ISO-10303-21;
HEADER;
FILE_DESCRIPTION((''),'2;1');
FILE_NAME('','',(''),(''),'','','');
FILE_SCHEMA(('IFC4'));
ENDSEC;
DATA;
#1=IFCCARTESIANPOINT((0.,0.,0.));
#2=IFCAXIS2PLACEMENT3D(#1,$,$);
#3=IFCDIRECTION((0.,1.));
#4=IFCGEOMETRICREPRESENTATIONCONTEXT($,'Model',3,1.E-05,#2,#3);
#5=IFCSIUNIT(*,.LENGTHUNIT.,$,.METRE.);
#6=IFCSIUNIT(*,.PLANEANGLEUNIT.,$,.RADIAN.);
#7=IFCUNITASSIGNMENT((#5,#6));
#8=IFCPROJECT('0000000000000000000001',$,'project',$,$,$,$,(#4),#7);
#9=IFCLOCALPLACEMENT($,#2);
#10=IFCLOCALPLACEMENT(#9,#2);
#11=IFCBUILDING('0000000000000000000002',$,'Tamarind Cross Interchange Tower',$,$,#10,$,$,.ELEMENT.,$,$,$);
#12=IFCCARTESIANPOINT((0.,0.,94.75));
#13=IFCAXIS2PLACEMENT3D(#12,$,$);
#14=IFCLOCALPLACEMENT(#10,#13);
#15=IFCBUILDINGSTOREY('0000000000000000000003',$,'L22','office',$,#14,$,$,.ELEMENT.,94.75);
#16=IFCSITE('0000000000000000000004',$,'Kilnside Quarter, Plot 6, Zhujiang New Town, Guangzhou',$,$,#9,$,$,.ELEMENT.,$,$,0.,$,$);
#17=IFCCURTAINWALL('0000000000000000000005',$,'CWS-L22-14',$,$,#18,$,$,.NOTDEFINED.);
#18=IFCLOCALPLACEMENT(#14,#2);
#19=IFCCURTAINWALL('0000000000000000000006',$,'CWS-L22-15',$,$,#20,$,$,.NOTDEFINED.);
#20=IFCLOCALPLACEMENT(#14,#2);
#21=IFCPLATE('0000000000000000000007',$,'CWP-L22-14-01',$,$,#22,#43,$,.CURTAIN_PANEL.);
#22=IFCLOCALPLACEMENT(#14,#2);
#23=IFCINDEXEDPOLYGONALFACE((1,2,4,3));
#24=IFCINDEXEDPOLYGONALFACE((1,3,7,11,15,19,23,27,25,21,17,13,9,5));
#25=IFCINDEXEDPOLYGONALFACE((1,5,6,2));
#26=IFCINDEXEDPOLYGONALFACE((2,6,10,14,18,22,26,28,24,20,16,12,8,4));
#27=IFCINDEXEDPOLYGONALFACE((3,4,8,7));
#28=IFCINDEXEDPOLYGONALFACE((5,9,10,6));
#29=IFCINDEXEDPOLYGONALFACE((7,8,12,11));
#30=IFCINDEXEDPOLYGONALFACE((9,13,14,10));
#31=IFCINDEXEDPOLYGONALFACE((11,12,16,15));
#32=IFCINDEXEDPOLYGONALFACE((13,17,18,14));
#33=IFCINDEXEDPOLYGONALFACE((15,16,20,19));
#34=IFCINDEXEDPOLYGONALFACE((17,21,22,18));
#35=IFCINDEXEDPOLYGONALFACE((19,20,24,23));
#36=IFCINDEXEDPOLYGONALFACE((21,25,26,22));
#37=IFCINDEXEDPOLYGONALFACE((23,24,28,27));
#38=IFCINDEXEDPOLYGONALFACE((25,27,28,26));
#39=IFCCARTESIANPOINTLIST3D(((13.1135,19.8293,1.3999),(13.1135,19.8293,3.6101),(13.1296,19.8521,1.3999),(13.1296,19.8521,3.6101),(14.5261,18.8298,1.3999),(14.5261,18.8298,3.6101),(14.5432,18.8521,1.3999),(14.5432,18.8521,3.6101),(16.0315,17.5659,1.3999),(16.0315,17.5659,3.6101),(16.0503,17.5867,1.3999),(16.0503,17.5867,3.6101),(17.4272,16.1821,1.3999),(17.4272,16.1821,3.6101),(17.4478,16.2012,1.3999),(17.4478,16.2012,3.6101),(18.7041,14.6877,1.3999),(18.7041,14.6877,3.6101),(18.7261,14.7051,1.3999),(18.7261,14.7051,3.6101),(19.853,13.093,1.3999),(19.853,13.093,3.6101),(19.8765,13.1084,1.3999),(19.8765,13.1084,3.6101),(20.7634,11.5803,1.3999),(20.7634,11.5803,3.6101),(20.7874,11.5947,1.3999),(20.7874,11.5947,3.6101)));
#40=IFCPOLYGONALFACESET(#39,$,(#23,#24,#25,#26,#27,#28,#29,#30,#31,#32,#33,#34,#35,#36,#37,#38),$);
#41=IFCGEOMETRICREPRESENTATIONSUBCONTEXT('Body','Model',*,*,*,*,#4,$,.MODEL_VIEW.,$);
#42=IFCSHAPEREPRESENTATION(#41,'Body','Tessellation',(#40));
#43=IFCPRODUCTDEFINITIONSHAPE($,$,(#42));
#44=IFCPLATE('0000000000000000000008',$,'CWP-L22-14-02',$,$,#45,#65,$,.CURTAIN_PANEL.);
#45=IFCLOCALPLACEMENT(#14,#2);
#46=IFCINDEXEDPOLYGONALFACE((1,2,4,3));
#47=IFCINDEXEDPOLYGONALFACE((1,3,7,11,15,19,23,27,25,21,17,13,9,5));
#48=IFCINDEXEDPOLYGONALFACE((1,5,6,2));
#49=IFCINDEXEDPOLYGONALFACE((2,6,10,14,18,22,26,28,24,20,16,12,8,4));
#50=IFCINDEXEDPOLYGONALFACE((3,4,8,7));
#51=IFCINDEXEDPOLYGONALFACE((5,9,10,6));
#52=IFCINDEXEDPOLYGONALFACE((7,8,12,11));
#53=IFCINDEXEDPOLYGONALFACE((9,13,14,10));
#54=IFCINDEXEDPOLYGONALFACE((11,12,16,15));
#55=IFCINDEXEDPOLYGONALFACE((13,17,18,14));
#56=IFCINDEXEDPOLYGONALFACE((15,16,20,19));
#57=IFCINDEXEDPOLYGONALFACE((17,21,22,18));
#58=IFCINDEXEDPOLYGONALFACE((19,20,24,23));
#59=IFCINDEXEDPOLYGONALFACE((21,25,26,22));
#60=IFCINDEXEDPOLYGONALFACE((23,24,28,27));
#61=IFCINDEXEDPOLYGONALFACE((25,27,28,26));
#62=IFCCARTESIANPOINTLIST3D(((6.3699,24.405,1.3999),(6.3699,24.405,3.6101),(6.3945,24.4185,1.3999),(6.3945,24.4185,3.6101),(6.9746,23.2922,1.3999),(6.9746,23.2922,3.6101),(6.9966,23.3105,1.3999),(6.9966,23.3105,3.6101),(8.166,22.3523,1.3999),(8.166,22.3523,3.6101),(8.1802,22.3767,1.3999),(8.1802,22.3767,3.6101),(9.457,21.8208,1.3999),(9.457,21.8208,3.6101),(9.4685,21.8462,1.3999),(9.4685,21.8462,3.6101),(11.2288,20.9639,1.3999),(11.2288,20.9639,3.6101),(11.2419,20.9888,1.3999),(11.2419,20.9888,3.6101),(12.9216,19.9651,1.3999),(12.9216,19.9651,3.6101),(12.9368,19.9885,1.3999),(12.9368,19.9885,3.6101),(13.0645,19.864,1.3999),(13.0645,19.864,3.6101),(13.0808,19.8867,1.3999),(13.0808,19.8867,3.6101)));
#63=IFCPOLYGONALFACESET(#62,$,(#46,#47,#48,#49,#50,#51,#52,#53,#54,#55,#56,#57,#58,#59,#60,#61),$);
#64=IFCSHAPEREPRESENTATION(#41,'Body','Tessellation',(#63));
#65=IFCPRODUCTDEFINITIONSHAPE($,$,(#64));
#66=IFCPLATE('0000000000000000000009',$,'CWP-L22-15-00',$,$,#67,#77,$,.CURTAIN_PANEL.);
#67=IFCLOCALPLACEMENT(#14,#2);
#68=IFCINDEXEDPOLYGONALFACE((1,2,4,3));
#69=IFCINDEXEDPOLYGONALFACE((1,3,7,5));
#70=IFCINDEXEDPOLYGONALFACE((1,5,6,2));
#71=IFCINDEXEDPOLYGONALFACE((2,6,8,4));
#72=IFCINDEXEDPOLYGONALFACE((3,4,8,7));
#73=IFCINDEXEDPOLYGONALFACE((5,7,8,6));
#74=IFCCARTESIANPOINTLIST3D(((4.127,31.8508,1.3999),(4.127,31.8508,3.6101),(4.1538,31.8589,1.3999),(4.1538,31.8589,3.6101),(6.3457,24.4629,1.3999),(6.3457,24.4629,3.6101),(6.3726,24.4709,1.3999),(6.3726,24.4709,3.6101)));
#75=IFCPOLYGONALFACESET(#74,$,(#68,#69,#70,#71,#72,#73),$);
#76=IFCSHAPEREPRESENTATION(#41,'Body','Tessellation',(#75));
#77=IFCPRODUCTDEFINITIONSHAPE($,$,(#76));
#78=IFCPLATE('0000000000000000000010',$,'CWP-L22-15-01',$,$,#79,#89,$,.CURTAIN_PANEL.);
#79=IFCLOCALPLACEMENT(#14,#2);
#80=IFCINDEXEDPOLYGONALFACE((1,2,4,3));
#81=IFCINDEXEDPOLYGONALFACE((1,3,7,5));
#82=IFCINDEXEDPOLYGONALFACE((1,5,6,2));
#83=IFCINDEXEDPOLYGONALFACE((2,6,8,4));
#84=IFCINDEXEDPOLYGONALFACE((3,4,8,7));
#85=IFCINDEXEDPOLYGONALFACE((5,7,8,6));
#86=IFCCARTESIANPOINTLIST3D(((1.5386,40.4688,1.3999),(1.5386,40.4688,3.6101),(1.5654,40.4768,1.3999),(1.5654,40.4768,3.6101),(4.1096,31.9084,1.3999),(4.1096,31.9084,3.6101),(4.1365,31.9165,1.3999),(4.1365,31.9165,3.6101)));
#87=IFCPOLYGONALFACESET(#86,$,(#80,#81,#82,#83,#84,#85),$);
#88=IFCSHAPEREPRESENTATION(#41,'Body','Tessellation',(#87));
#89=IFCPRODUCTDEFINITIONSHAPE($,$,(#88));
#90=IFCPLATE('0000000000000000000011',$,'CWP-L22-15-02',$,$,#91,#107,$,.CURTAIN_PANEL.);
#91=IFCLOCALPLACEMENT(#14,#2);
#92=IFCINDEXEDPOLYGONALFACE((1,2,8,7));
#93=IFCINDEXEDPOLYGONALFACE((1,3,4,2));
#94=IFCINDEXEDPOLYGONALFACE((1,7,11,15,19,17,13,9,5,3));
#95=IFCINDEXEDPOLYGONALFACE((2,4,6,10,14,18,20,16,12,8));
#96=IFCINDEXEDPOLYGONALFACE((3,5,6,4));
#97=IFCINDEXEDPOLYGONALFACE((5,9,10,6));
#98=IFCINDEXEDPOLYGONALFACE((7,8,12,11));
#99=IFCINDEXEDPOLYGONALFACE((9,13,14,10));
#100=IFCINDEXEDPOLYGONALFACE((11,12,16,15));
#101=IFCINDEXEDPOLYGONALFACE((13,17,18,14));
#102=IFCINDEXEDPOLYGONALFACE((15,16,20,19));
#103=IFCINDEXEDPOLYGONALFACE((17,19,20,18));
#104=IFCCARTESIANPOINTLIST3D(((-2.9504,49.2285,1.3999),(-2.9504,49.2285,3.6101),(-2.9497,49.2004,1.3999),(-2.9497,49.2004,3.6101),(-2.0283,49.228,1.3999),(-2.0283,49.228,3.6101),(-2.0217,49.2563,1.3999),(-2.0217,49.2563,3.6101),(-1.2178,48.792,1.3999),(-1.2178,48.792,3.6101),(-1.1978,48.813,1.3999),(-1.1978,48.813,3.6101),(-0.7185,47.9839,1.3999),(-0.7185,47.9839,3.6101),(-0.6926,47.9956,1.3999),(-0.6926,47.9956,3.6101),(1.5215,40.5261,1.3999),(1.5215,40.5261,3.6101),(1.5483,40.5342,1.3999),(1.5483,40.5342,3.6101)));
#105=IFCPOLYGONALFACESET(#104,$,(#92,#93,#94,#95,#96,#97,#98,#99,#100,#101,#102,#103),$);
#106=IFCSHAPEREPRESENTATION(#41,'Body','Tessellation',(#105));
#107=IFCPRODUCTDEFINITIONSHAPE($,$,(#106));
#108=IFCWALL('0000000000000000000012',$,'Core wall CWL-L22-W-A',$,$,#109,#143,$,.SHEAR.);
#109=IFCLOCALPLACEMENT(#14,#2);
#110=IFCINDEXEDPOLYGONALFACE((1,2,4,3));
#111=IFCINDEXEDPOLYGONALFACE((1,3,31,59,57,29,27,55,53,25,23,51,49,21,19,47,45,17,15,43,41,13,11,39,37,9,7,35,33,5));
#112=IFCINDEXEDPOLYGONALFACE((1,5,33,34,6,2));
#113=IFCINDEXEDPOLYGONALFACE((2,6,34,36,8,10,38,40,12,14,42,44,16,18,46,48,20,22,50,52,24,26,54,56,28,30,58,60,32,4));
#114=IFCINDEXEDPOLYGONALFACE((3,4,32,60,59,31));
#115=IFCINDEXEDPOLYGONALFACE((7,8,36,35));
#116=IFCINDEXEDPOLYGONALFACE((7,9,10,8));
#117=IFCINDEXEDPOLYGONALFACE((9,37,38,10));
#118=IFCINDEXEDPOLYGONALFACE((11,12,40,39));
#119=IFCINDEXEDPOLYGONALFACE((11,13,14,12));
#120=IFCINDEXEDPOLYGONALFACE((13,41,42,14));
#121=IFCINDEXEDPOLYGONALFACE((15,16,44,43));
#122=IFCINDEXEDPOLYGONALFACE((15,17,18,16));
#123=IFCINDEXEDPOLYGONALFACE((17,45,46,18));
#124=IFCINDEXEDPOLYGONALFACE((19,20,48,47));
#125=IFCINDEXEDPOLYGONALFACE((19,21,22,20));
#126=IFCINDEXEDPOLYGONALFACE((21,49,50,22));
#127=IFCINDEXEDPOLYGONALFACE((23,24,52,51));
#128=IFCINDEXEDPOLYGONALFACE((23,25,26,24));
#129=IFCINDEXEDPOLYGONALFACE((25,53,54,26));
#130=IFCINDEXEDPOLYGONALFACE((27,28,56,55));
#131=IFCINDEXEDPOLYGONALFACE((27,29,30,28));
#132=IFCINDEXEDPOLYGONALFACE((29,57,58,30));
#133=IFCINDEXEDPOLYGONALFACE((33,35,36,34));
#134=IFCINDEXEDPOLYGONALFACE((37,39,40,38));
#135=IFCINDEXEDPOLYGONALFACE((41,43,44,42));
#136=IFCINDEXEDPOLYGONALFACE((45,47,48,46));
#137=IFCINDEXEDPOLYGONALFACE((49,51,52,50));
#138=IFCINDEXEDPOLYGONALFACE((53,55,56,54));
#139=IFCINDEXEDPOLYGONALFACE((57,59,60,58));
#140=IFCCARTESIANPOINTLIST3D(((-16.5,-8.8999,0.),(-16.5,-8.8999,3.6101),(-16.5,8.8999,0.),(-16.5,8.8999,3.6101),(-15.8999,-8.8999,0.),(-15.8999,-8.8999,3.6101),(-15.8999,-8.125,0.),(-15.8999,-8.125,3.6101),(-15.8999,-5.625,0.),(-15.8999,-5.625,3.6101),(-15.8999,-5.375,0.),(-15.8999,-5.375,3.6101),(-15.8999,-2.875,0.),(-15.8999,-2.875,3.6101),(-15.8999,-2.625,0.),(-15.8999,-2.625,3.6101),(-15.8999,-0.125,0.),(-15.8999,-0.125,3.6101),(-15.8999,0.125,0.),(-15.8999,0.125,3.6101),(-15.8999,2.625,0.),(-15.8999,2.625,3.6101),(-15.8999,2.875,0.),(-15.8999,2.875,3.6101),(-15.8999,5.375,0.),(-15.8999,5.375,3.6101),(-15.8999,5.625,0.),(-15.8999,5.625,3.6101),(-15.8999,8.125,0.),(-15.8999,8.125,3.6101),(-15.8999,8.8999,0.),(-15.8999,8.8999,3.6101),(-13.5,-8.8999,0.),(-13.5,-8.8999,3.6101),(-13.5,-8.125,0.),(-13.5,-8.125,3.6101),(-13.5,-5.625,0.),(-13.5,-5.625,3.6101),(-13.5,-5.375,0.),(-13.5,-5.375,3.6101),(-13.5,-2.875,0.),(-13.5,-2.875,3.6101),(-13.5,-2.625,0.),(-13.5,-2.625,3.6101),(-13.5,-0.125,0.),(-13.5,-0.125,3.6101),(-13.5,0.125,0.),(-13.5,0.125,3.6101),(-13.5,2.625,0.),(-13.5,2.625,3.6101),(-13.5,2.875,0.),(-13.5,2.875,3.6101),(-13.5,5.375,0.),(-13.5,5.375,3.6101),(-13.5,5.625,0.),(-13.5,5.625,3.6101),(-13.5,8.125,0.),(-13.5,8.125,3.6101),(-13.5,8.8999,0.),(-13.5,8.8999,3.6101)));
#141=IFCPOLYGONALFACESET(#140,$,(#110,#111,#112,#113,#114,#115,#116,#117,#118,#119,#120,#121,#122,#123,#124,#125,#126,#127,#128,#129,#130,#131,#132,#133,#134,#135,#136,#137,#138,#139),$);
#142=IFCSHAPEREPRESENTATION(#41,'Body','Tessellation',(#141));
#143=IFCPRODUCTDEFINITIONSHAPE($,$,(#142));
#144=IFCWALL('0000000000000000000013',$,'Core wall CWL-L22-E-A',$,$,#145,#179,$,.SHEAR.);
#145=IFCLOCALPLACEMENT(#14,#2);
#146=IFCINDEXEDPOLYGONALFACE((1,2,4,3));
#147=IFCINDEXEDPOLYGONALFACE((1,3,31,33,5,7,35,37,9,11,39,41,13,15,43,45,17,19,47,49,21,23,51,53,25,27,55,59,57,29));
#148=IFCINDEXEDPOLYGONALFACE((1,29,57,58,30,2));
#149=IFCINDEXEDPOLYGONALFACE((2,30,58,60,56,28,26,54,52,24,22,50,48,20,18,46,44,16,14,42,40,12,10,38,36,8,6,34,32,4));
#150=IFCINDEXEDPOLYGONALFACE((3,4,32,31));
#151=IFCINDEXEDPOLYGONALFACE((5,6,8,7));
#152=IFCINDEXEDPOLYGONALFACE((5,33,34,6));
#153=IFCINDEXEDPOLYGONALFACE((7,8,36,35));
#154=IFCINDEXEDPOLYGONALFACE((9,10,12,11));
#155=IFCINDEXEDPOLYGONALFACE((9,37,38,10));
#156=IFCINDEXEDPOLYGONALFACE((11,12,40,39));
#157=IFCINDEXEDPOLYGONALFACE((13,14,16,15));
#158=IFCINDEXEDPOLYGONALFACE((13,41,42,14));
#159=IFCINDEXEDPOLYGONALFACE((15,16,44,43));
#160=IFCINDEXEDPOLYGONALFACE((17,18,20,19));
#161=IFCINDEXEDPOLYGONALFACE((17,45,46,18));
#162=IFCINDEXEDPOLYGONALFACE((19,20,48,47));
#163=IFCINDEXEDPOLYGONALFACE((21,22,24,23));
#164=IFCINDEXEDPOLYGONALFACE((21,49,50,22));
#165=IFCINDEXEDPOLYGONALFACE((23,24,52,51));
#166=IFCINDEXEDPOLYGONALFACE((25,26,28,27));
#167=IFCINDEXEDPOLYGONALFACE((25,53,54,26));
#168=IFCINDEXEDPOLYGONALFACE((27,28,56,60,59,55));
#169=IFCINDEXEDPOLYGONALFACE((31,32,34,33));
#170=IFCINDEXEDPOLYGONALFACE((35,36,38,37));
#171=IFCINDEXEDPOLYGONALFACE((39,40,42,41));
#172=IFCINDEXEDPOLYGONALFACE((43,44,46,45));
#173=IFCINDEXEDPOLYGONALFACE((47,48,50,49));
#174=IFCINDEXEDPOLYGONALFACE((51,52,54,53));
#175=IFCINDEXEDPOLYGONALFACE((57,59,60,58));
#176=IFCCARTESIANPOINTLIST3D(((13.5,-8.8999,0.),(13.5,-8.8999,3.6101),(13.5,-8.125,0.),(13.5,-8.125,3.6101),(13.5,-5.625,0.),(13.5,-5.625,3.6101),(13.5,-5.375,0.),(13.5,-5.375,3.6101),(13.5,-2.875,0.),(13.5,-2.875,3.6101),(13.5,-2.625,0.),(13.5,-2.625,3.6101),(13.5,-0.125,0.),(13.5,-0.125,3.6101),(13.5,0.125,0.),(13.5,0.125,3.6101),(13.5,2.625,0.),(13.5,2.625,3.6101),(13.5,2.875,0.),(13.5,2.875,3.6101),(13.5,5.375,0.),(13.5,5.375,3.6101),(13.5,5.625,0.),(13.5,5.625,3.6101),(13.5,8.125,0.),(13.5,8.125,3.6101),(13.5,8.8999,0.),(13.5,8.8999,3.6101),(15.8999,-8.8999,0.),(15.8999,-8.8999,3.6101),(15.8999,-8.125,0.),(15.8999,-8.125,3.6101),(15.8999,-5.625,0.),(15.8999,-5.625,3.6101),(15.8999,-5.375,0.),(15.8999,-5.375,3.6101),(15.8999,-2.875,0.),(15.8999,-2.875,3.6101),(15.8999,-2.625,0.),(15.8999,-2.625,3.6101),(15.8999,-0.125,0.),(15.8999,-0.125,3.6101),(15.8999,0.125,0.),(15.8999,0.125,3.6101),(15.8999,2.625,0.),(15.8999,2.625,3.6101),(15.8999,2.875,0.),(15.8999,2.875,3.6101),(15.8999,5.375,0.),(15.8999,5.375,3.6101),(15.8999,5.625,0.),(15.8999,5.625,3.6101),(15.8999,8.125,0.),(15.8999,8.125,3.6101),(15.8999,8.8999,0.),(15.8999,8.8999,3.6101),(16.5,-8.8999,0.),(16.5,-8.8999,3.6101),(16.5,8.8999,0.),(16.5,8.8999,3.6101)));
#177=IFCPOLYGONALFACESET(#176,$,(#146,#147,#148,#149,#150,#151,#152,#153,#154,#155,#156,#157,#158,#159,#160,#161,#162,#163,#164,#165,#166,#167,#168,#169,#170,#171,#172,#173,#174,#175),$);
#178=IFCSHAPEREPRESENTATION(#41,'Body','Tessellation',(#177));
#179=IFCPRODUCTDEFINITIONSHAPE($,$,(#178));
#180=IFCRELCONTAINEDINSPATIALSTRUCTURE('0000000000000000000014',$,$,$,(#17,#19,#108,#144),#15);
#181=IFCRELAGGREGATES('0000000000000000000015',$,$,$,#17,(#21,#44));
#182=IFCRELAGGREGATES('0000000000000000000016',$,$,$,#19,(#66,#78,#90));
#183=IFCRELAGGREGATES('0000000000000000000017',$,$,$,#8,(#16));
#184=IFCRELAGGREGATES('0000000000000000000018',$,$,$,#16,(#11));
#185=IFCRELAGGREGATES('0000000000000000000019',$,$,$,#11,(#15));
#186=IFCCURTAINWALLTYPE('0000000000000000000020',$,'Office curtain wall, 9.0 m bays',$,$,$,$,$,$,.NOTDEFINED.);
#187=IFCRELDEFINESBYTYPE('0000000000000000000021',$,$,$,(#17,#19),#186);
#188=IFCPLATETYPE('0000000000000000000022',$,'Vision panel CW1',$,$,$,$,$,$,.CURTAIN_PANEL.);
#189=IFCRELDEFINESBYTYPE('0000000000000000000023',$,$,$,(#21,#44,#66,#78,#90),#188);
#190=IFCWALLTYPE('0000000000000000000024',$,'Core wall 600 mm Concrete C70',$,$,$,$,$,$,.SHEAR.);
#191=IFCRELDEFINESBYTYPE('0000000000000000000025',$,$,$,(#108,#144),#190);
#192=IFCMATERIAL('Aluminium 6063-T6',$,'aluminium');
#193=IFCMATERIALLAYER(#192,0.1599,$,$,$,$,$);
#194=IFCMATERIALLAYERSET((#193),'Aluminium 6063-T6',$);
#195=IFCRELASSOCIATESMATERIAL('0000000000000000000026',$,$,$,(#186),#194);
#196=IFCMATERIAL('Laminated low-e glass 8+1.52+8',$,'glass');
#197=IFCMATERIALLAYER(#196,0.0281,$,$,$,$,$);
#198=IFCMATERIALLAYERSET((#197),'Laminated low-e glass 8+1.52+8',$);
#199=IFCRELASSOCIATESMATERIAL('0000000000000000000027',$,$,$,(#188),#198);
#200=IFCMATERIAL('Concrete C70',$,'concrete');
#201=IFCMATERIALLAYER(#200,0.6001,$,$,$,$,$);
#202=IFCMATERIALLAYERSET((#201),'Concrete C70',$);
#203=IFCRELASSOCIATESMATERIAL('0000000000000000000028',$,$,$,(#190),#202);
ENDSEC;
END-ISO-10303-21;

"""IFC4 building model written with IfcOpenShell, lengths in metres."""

from ifc_helpers import new_model, si_unit, direction, frame, origin, place, context, subcontext, project, spatial, polyline, outline, extrude, material, layer, layer_set, type_object, element, aggregate, save


model = new_model("IFC4")

# Units and contexts
model_context = context("Model", 3, precision=1e-05, world=origin(), true_north=direction((0.0, 1.0)))
body_context = subcontext(model_context, "Body", "Model", "MODEL_VIEW")
ifc_project = project(units=[si_unit("LENGTHUNIT", "METRE"), si_unit("PLANEANGLEUNIT", "RADIAN")], contexts=[model_context])

# Site, building, storey
site_placement = place(None, origin())
site = spatial("IfcSite", under=ifc_project, at=site_placement, Name="Kilnside Quarter, Plot 6, Zhujiang New Town, Guangzhou", CompositionType="ELEMENT", RefElevation=0.0)
building_placement = place(site_placement, origin())
building = spatial("IfcBuilding", under=site, at=building_placement, Name="Tamarind Cross Interchange Tower", CompositionType="ELEMENT")
storey_placement = place(building_placement, frame((0.0, 0.0, 94.75)))
storey = spatial("IfcBuildingStorey", under=building, at=storey_placement, Name="L22", Description="office", CompositionType="ELEMENT", Elevation=94.75)

# Curtain walls
ifc_material_1 = material(Name="Aluminium 6063-T6", Category="aluminium")
ifc_layer_1 = layer(ifc_material_1, 0.1599)
ifc_layer_set_1 = layer_set([ifc_layer_1], Name="Aluminium 6063-T6")
curtain_wall_type = type_object("IfcCurtainWallType", Name="Office curtain wall, 9.0 m bays", PredefinedType="NOTDEFINED", material=ifc_layer_set_1)
curtain_wall_1_placement = place(storey_placement, origin())
curtain_wall_1 = element("IfcCurtainWall", 1, at=curtain_wall_1_placement, inside=storey, type_object=curtain_wall_type, Name="CWS-L22-14", PredefinedType="NOTDEFINED")
curtain_wall_2_placement = place(storey_placement, origin())
curtain_wall_2 = element("IfcCurtainWall", 2, at=curtain_wall_2_placement, inside=storey, type_object=curtain_wall_type, Name="CWS-L22-15", PredefinedType="NOTDEFINED")

# Plates
ifc_material_2 = material(Name="Laminated low-e glass 8+1.52+8", Category="glass")
ifc_layer_2 = layer(ifc_material_2, 0.0281)
ifc_layer_set_2 = layer_set([ifc_layer_2], Name="Laminated low-e glass 8+1.52+8")
plate_type = type_object("IfcPlateType", Name="Vision panel CW1", PredefinedType="CURTAIN_PANEL", material=ifc_layer_set_2)
plate_1_placement = place(storey_placement, frame((0.0, 0.0, 1.3999)))
plate_1 = element("IfcPlate", 3, at=plate_1_placement, type_object=plate_type, Name="CWP-L22-14-01", PredefinedType="CURTAIN_PANEL", context=body_context, shape_type="SweptSolid", body=[
    extrude(outline(polyline([(20.7634, 11.5803), (19.853, 13.093), (18.7041, 14.6877), (17.4272, 16.1821), (16.0315, 17.5659), (14.5261, 18.8298), (13.1135, 19.8293), (13.1296, 19.8521), (14.5432, 18.8521), (16.0503, 17.5867), (17.4478, 16.2012), (18.7261, 14.7051), (19.8765, 13.1084), (20.7874, 11.5947), (20.7634, 11.5803)])), origin(), (0.0, 0.0, 1.0), 2.2102),
])
plate_2_placement = place(storey_placement, frame((0.0, 0.0, 1.3999)))
plate_2 = element("IfcPlate", 4, at=plate_2_placement, type_object=plate_type, Name="CWP-L22-14-02", PredefinedType="CURTAIN_PANEL", context=body_context, shape_type="SweptSolid", body=[
    extrude(outline(polyline([(13.0645, 19.864), (12.9216, 19.9651), (11.2288, 20.9639), (9.457, 21.8208), (8.166, 22.3523), (6.9746, 23.2922), (6.3699, 24.405), (6.3945, 24.4185), (6.9966, 23.3105), (8.1802, 22.3767), (9.4685, 21.8462), (11.2419, 20.9888), (12.9368, 19.9885), (13.0808, 19.8867), (13.0645, 19.864)])), origin(), (0.0, 0.0, 1.0), 2.2102),
])
aggregate(curtain_wall_1, [plate_1, plate_2])
plate_3_placement = place(storey_placement, frame((0.0, 0.0, 1.3999)))
plate_3 = element("IfcPlate", 5, at=plate_3_placement, type_object=plate_type, Name="CWP-L22-15-00", PredefinedType="CURTAIN_PANEL", context=body_context, shape_type="SweptSolid", body=[
    extrude(outline(polyline([(6.3457, 24.4629), (4.127, 31.8508), (4.1538, 31.8589), (6.3726, 24.4709), (6.3457, 24.4629)])), origin(), (0.0, 0.0, 1.0), 2.2102),
])
plate_4_placement = place(storey_placement, frame((0.0, 0.0, 1.3999)))
plate_4 = element("IfcPlate", 6, at=plate_4_placement, type_object=plate_type, Name="CWP-L22-15-01", PredefinedType="CURTAIN_PANEL", context=body_context, shape_type="SweptSolid", body=[
    extrude(outline(polyline([(4.1096, 31.9084), (1.5386, 40.4688), (1.5654, 40.4768), (4.1365, 31.9165), (4.1096, 31.9084)])), origin(), (0.0, 0.0, 1.0), 2.2102),
])
plate_5_placement = place(storey_placement, frame((0.0, 0.0, 1.3999)))
plate_5 = element("IfcPlate", 7, at=plate_5_placement, type_object=plate_type, Name="CWP-L22-15-02", PredefinedType="CURTAIN_PANEL", context=body_context, shape_type="SweptSolid", body=[
    extrude(outline(polyline([(1.5215, 40.5261), (-0.7185, 47.9839), (-1.2178, 48.792), (-2.0283, 49.228), (-2.9497, 49.2004), (-2.9504, 49.2285), (-2.0217, 49.2563), (-1.1978, 48.813), (-0.6926, 47.9956), (1.5483, 40.5342), (1.5215, 40.5261)])), origin(), (0.0, 0.0, 1.0), 2.2102),
])
aggregate(curtain_wall_2, [plate_3, plate_4, plate_5])

# Walls
ifc_material_3 = material(Name="Concrete C70", Category="concrete")
ifc_layer_3 = layer(ifc_material_3, 0.6001)
ifc_layer_set_3 = layer_set([ifc_layer_3], Name="Concrete C70")
wall_type_1 = type_object("IfcWallType", Name="Core wall 600 mm Concrete C70", PredefinedType="SHEAR", material=ifc_layer_set_3)
wall_1_placement = place(storey_placement, origin())
element("IfcWall", 8, at=wall_1_placement, inside=storey, type_object=wall_type_1, Name="Core wall CWL-L22-W-A", PredefinedType="SHEAR", context=body_context, shape_type="SweptSolid", body=[
    extrude(outline(polyline([(-13.5, -8.8999), (-13.5, -8.125), (-15.8999, -8.125), (-15.8999, -5.625), (-13.5, -5.625), (-13.5, -5.375), (-15.8999, -5.375), (-15.8999, -2.875), (-13.5, -2.875), (-13.5, -2.625), (-15.8999, -2.625), (-15.8999, -0.125), (-13.5, -0.125), (-13.5, 0.125), (-15.8999, 0.125), (-15.8999, 2.625), (-13.5, 2.625), (-13.5, 2.875), (-15.8999, 2.875), (-15.8999, 5.375), (-13.5, 5.375), (-13.5, 5.625), (-15.8999, 5.625), (-15.8999, 8.125), (-13.5, 8.125), (-13.5, 8.8999), (-15.8999, 8.8999), (-16.5, 8.8999), (-16.5, -8.8999), (-15.8999, -8.8999), (-13.5, -8.8999)])), origin(), (0.0, 0.0, 1.0), 3.6101),
])
wall_2_placement = place(storey_placement, origin())
element("IfcWall", 9, at=wall_2_placement, inside=storey, type_object=wall_type_1, Name="Core wall CWL-L22-E-A", PredefinedType="SHEAR", context=body_context, shape_type="SweptSolid", body=[
    extrude(outline(polyline([(13.5, -8.8999), (15.8999, -8.8999), (16.5, -8.8999), (16.5, 8.8999), (15.8999, 8.8999), (13.5, 8.8999), (13.5, 8.125), (15.8999, 8.125), (15.8999, 5.625), (13.5, 5.625), (13.5, 5.375), (15.8999, 5.375), (15.8999, 2.875), (13.5, 2.875), (13.5, 2.625), (15.8999, 2.625), (15.8999, 0.125), (13.5, 0.125), (13.5, -0.125), (15.8999, -0.125), (15.8999, -2.625), (13.5, -2.625), (13.5, -2.875), (15.8999, -2.875), (15.8999, -5.375), (13.5, -5.375), (13.5, -5.625), (15.8999, -5.625), (15.8999, -8.125), (13.5, -8.125), (13.5, -8.8999)])), origin(), (0.0, 0.0, 1.0), 3.6101),
])

save(model, "model.ifc")
